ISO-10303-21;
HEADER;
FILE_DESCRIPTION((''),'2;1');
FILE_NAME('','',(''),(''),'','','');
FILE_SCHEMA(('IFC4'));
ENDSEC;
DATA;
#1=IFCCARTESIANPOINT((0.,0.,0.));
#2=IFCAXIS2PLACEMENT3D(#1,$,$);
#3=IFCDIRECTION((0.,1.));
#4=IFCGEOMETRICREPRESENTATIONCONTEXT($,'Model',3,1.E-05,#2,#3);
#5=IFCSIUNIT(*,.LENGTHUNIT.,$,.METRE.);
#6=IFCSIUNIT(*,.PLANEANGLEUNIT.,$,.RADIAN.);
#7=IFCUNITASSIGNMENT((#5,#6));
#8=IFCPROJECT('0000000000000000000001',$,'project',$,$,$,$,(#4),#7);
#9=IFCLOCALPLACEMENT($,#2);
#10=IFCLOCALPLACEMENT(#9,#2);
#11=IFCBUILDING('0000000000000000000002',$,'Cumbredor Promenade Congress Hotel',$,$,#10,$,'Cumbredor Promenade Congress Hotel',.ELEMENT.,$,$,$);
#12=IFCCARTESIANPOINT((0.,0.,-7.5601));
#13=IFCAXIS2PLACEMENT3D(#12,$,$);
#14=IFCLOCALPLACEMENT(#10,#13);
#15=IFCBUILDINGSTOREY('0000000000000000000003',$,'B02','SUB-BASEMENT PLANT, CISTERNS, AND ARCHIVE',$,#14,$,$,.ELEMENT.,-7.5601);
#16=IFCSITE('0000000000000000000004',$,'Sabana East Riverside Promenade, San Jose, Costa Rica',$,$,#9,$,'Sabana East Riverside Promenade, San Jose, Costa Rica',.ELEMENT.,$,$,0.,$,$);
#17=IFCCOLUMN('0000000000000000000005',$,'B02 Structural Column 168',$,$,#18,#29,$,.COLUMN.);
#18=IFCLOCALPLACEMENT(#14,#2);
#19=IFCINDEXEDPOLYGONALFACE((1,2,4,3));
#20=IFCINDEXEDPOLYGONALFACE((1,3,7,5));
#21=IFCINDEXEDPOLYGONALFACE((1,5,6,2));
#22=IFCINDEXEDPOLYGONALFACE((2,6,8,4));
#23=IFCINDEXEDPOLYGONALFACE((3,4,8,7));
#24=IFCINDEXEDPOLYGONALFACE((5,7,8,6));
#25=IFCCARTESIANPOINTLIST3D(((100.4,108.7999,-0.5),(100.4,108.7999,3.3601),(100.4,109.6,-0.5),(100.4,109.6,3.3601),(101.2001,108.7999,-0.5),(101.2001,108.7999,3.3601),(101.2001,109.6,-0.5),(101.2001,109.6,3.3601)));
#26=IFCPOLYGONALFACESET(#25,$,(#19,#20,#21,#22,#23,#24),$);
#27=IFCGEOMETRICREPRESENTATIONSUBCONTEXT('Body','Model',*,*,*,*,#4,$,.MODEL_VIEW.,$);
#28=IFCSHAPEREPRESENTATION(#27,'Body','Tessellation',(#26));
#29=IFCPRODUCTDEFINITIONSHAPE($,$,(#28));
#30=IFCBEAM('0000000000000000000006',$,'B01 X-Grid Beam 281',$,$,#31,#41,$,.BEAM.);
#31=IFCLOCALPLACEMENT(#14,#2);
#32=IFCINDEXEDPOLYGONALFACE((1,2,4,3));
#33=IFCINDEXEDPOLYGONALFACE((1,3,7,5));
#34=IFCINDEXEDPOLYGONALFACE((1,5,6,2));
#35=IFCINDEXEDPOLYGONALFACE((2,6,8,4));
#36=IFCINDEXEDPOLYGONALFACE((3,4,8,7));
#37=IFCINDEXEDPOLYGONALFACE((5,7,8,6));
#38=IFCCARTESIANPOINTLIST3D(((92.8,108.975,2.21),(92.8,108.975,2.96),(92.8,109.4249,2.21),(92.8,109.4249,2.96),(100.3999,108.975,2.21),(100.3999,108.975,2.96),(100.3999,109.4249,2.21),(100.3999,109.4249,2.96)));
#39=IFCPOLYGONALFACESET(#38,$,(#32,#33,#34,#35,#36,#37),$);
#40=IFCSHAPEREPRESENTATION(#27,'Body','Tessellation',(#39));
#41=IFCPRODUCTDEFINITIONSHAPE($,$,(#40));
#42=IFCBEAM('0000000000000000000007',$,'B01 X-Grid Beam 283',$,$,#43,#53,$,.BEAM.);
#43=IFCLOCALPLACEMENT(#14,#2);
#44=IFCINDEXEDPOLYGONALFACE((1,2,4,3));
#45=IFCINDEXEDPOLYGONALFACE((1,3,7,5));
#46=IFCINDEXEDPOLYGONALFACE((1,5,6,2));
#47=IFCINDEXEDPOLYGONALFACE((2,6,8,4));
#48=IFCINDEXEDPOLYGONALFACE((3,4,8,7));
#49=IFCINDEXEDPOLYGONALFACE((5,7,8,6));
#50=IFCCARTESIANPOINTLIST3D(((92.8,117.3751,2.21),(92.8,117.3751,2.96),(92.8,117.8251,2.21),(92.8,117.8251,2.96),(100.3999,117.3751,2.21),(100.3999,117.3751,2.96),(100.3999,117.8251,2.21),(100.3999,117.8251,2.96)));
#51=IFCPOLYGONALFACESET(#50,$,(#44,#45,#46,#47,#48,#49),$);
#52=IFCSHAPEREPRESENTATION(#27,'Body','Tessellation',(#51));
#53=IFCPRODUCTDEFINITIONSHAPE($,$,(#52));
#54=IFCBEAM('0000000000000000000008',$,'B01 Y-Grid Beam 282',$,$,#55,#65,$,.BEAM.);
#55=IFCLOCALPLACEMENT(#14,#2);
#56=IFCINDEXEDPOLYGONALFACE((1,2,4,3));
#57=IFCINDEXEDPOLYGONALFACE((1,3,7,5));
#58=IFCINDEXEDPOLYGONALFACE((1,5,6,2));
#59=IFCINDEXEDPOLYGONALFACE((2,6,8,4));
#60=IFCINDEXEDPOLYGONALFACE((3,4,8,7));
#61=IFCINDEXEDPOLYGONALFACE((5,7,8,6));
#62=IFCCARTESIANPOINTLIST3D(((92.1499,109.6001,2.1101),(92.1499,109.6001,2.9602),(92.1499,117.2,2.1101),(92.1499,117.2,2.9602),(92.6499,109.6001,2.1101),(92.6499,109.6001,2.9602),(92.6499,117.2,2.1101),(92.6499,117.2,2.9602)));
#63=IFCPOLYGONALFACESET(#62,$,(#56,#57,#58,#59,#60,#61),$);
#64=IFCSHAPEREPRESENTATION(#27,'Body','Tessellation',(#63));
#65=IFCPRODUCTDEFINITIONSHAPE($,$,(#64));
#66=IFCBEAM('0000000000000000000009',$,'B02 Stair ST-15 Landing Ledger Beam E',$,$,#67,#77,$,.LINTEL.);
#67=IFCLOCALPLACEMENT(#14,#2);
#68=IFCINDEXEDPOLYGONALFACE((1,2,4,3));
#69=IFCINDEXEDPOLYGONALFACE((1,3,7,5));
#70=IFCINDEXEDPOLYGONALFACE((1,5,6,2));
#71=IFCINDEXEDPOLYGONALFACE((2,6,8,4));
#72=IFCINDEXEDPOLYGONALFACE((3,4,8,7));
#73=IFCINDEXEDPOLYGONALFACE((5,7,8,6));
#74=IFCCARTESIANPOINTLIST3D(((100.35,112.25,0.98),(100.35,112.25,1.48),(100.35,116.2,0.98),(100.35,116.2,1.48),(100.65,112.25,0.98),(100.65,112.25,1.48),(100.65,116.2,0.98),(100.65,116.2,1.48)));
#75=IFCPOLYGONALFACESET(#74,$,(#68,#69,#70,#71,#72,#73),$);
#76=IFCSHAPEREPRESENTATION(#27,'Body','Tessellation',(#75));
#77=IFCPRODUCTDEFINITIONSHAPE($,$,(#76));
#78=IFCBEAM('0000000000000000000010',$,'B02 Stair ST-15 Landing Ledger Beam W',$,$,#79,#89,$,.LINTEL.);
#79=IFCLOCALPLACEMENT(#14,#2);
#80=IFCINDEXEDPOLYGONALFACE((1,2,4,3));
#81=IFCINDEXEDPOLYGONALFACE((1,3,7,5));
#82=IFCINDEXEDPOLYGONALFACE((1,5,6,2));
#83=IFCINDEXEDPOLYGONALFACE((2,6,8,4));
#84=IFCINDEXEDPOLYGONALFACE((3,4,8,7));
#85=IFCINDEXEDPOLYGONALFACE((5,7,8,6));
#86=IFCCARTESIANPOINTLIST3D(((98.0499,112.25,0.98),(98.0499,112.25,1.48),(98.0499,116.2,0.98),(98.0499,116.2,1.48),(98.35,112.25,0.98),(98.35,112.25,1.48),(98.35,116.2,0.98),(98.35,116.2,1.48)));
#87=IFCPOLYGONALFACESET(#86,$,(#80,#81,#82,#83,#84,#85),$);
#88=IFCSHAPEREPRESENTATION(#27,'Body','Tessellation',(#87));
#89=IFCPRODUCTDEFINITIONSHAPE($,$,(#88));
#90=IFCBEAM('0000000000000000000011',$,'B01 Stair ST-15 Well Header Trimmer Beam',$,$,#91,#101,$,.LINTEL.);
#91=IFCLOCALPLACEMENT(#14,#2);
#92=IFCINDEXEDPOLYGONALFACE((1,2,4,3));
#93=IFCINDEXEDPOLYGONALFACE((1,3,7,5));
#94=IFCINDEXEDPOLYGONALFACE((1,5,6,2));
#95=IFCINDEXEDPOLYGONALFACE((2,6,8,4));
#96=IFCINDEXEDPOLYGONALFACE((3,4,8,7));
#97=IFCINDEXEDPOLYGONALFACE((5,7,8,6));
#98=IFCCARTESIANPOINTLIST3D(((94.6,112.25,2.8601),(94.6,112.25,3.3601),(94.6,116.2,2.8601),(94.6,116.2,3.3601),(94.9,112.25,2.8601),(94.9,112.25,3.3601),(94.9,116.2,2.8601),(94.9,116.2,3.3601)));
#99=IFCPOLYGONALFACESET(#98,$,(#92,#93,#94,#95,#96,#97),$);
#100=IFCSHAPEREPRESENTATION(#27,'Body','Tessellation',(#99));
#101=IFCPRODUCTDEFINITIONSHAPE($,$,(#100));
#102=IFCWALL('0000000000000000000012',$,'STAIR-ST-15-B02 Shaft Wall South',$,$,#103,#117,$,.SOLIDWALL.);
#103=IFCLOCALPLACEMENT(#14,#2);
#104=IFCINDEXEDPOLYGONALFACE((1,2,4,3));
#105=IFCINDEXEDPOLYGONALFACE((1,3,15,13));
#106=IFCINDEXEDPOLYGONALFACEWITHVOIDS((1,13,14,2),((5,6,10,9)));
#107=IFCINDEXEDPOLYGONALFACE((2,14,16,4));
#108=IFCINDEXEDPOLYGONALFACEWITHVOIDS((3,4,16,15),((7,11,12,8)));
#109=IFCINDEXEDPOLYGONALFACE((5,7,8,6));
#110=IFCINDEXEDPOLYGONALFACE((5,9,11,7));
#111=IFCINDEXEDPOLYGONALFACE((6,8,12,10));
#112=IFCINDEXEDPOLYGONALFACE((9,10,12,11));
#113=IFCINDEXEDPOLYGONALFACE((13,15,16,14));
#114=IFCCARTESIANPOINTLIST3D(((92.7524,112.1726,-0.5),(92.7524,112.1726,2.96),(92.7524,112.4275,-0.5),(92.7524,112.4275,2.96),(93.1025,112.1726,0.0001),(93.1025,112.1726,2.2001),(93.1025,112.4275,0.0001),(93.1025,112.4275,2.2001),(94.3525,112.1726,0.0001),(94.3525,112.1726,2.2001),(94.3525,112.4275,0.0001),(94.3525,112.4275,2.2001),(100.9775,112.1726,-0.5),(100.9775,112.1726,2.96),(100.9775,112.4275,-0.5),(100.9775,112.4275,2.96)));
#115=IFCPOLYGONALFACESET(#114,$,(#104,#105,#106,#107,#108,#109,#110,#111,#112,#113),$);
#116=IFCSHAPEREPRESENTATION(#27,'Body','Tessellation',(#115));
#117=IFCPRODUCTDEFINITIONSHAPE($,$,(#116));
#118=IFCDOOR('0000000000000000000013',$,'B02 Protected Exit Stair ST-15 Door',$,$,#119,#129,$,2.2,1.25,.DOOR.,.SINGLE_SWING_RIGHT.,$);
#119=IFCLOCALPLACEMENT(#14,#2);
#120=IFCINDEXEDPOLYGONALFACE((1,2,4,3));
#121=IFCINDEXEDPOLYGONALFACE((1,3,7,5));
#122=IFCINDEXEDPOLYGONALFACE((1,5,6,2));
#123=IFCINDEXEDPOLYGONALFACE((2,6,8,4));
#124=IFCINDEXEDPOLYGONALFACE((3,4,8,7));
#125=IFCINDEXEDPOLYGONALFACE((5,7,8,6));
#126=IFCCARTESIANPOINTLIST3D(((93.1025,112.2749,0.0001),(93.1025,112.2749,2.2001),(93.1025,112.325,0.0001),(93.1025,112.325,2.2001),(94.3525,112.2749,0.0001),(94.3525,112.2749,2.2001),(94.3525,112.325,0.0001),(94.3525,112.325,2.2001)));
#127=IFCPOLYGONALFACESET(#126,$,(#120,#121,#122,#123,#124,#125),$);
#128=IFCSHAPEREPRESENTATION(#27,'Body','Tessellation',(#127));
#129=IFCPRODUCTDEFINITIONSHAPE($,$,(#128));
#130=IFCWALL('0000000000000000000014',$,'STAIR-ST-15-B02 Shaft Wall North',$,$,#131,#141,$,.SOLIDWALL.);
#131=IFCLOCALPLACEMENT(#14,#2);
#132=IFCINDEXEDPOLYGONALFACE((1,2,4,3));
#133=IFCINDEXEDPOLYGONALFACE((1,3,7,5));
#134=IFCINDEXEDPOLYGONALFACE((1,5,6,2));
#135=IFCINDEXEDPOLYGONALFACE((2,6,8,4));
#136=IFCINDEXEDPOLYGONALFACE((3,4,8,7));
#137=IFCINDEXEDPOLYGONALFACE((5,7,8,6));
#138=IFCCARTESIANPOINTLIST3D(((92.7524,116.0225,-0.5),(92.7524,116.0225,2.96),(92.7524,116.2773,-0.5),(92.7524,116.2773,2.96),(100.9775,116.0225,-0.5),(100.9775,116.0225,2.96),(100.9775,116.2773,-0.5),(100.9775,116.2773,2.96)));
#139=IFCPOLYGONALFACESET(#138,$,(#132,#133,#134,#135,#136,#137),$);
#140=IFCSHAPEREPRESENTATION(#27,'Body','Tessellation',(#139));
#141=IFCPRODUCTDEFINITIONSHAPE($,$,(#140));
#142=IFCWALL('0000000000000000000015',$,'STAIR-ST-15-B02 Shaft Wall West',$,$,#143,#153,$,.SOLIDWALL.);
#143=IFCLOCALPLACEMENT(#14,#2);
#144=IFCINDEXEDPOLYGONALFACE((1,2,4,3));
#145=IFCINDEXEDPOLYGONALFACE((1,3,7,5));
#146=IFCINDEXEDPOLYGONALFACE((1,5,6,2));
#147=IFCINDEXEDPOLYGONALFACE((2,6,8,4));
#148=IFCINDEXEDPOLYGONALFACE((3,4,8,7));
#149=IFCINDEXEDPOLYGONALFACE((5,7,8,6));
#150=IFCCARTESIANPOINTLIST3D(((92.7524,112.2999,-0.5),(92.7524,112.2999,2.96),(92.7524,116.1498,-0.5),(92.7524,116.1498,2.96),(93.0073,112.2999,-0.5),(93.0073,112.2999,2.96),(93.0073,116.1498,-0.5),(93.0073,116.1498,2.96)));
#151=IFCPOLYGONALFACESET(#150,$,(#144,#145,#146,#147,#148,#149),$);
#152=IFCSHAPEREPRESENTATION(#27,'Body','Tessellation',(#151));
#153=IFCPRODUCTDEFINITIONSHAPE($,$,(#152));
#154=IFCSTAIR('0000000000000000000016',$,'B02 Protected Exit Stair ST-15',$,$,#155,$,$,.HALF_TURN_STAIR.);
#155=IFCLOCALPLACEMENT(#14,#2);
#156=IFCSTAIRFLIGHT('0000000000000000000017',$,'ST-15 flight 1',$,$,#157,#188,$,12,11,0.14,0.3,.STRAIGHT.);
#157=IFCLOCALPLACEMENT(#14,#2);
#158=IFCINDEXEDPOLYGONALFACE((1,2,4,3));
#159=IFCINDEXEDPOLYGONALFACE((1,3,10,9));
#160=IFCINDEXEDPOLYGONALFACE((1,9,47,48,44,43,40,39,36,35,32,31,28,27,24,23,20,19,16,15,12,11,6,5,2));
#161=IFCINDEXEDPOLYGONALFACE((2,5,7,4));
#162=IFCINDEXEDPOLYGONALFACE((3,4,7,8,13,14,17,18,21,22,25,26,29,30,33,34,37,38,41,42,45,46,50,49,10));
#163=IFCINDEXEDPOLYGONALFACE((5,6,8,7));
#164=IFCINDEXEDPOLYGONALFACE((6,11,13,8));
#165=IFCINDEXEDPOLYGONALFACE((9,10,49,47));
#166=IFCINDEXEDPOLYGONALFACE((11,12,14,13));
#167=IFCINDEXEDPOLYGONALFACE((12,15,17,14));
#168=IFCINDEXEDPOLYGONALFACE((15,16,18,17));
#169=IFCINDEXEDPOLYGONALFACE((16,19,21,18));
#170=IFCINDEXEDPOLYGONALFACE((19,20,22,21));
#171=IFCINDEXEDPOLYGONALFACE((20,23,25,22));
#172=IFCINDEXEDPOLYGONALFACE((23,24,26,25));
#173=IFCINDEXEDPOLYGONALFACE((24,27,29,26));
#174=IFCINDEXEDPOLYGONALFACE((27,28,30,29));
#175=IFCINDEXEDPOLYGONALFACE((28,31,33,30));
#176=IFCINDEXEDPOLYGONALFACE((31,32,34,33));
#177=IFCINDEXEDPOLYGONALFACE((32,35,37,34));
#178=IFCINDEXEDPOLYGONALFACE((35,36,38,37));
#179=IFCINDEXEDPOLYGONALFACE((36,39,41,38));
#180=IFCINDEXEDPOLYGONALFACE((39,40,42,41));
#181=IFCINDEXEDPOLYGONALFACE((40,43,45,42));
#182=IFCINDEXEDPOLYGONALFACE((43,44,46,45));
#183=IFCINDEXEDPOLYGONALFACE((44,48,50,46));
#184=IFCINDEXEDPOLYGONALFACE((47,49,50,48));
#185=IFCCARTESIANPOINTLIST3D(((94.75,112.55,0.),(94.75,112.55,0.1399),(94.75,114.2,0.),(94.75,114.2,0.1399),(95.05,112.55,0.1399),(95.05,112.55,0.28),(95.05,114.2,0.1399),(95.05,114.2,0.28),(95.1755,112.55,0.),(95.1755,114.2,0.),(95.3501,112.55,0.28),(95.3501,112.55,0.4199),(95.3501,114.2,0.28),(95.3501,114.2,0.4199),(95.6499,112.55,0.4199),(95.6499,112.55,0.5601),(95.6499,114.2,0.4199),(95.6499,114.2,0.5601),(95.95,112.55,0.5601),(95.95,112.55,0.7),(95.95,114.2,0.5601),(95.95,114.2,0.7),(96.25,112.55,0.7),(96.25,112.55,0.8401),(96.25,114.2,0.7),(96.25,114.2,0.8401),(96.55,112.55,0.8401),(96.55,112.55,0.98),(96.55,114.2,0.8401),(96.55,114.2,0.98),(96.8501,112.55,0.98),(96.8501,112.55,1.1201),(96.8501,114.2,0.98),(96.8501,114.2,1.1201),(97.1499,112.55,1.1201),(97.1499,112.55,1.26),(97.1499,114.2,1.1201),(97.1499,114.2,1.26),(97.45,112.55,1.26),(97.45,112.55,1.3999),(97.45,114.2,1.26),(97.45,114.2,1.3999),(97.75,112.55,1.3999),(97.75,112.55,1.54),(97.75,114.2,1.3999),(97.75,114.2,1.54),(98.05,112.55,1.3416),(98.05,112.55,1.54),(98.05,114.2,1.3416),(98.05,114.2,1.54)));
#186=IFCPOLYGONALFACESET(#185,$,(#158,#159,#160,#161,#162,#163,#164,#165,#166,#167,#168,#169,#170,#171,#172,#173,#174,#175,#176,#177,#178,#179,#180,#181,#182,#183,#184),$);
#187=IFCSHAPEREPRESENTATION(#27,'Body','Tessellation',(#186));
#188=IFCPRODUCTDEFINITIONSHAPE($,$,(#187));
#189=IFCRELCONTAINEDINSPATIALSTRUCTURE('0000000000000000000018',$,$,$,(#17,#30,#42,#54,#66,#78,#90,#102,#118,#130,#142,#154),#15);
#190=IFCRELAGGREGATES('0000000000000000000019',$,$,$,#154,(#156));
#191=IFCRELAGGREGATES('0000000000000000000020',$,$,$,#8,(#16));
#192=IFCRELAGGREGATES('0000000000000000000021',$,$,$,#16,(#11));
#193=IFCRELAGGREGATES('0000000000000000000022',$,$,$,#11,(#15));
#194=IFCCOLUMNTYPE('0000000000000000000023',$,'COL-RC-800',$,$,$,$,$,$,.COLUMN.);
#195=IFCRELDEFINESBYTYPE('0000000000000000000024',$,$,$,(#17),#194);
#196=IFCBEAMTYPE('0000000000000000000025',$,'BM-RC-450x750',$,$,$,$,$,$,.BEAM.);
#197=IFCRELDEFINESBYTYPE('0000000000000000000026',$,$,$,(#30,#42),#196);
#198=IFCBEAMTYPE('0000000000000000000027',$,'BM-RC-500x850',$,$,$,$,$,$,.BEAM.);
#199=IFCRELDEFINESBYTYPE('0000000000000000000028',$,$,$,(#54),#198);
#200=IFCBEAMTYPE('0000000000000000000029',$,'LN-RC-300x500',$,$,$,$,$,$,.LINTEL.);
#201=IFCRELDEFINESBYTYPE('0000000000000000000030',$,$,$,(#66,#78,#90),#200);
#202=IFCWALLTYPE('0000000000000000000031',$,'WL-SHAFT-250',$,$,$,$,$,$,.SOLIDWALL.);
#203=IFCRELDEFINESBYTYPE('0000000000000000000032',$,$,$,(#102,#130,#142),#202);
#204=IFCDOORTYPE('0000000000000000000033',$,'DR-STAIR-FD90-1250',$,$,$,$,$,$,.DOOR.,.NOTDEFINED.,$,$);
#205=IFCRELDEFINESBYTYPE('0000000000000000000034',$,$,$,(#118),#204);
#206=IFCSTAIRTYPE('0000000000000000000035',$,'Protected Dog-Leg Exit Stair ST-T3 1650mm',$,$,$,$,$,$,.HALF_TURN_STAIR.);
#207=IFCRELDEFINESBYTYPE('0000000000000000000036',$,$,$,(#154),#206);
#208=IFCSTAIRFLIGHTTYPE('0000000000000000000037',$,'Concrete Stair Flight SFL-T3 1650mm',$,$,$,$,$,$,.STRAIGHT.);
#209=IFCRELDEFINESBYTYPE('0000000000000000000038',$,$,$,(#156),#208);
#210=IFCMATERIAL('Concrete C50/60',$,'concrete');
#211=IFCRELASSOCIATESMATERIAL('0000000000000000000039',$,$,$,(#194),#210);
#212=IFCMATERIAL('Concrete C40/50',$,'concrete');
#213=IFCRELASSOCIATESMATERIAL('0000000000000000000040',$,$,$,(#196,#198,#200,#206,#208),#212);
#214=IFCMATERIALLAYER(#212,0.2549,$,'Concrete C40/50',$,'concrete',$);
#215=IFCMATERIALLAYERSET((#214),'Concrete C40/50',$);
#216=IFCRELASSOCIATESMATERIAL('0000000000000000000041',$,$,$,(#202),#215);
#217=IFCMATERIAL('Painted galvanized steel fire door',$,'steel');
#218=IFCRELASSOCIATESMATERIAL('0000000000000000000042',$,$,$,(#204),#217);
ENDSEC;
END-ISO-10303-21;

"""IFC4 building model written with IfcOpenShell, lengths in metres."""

from ifc_helpers import new_model, si_unit, direction, frame, frame_2d, origin, origin_2d, place, context, subcontext, project, spatial, polyline, rectangle, outline, extrude, material, layer, layer_set, material_profile, profile_set, type_object, element, fill, aggregate, save


model = new_model("IFC4")

# Units and contexts
model_context = context("Model", 3, precision=1e-05, world=origin(), true_north=direction((0.0, 1.0)))
body_context = subcontext(model_context, "Body", "Model", "MODEL_VIEW")
ifc_project = project(units=[si_unit("LENGTHUNIT", "METRE"), si_unit("PLANEANGLEUNIT", "RADIAN")], contexts=[model_context])

# Site, building, storey
site_placement = place(None, origin())
site = spatial("IfcSite", under=ifc_project, at=site_placement, Name="Sabana East Riverside Promenade, San Jose, Costa Rica", LongName="Sabana East Riverside Promenade, San Jose, Costa Rica", CompositionType="ELEMENT", RefElevation=0.0)
building_placement = place(site_placement, origin())
building = spatial("IfcBuilding", under=site, at=building_placement, Name="Cumbredor Promenade Congress Hotel", LongName="Cumbredor Promenade Congress Hotel", CompositionType="ELEMENT")
storey_placement = place(building_placement, frame((0.0, 0.0, -7.5601)))
storey = spatial("IfcBuildingStorey", under=building, at=storey_placement, Name="B02", Description="SUB-BASEMENT PLANT, CISTERNS, AND ARCHIVE", CompositionType="ELEMENT", Elevation=-7.5601)

# Shared definitions
ifc_material_1 = material(Name="Concrete C40/50", Category="concrete")

# Column
ifc_material_2 = material(Name="Concrete C50/60", Category="concrete")
ifc_material_profile_1 = material_profile(ifc_material_2, rectangle(XDim=0.8, YDim=0.8, at=origin_2d()), Name="RC 800x800")
ifc_profile_set_1 = profile_set([ifc_material_profile_1], Name="Concrete C50/60")
column_type = type_object("IfcColumnType", Name="COL-RC-800", PredefinedType="COLUMN", material=ifc_profile_set_1)
column_placement = place(storey_placement, frame((100.8, 109.2, -0.5), z_axis=(0.0, 0.0, 1.0), x_axis=(1.0, 0.0, 0.0)))
element("IfcColumn", 1, at=column_placement, inside=storey, type_object=column_type, Name="B02 Structural Column 168", PredefinedType="COLUMN", context=body_context, shape_type="SweptSolid", body=[
    extrude(rectangle(XDim=0.8, YDim=0.8, at=origin_2d()), origin(), (0.0, 0.0, 1.0), 3.8601),
])

# Beams
ifc_material_profile_2 = material_profile(ifc_material_1, rectangle(XDim=0.45, YDim=0.75, at=origin_2d()), Name="RC BEAM 450x750")
ifc_profile_set_2 = profile_set([ifc_material_profile_2], Name="Concrete C40/50")
beam_type_1 = type_object("IfcBeamType", Name="BM-RC-450x750", PredefinedType="BEAM", material=ifc_profile_set_2)
for number, where, z_axis, x_axis, name in (
    (2, (92.8, 109.2, 2.585), (1.0, 0.0, 0.0), (0.0, 1.0, 0.0), "B01 X-Grid Beam 281"),
    (3, (92.8, 117.6001, 2.585), (1.0, 0.0, 0.0), (0.0, 1.0, 0.0), "B01 X-Grid Beam 283"),
):
    element("IfcBeam", number, at=place(storey_placement, frame(where, z_axis=z_axis, x_axis=x_axis)), inside=storey, type_object=beam_type_1, Name=name, PredefinedType="BEAM", context=body_context, shape_type="SweptSolid", body=[
        extrude(rectangle(XDim=0.45, YDim=0.75, at=origin_2d()), origin(), (0.0, 0.0, 1.0), 7.5999),
    ])
ifc_material_profile_3 = material_profile(ifc_material_1, rectangle(XDim=0.5, YDim=0.8501, at=origin_2d()), Name="RC BEAM 500x850")
ifc_profile_set_3 = profile_set([ifc_material_profile_3], Name="Concrete C40/50")
beam_type_2 = type_object("IfcBeamType", Name="BM-RC-500x850", PredefinedType="BEAM", material=ifc_profile_set_3)
beam_placement = place(storey_placement, frame((92.3999, 109.6001, 2.5352), z_axis=(0.0, 1.0, 0.0), x_axis=(-1.0, 0.0, 0.0)))
element("IfcBeam", 4, at=beam_placement, inside=storey, type_object=beam_type_2, Name="B01 Y-Grid Beam 282", PredefinedType="BEAM", context=body_context, shape_type="SweptSolid", body=[
    extrude(rectangle(XDim=0.5, YDim=0.8501, at=origin_2d()), origin(), (0.0, 0.0, 1.0), 7.5999),
])
ifc_material_profile_4 = material_profile(ifc_material_1, rectangle(XDim=0.3, YDim=0.5, at=origin_2d()), Name="RC LINTEL 300x500")
ifc_profile_set_4 = profile_set([ifc_material_profile_4], Name="Concrete C40/50")
beam_type_3 = type_object("IfcBeamType", Name="LN-RC-300x500", PredefinedType="LINTEL", material=ifc_profile_set_4)
for number, where, z_axis, x_axis, name in (
    (5, (100.5, 112.25, 1.23), (0.0, 1.0, 0.0), (-1.0, 0.0, 0.0), "B02 Stair ST-15 Landing Ledger Beam E"),
    (6, (98.2, 112.25, 1.23), (0.0, 1.0, 0.0), (-1.0, 0.0, 0.0), "B02 Stair ST-15 Landing Ledger Beam W"),
    (7, (94.75, 112.25, 3.1101), (0.0, 1.0, 0.0), (-1.0, 0.0, 0.0), "B01 Stair ST-15 Well Header Trimmer Beam"),
):
    element("IfcBeam", number, at=place(storey_placement, frame(where, z_axis=z_axis, x_axis=x_axis)), inside=storey, type_object=beam_type_3, Name=name, PredefinedType="LINTEL", context=body_context, shape_type="SweptSolid", body=[
        extrude(rectangle(XDim=0.3, YDim=0.5, at=origin_2d()), origin(), (0.0, 0.0, 1.0), 3.95),
    ])

# Wall, opening, door
ifc_layer = layer(ifc_material_1, 0.2549, Name="Concrete C40/50", Category="concrete")
ifc_layer_set = layer_set([ifc_layer], Name="Concrete C40/50")
wall_type = type_object("IfcWallType", Name="WL-SHAFT-250", PredefinedType="SOLIDWALL", material=ifc_layer_set)
wall_1_placement = place(storey_placement, frame((92.7524, 112.3, -0.5), z_axis=(0.0, 0.0, 1.0), x_axis=(1.0, 0.0, 0.0)))
wall_1 = element("IfcWall", 8, at=wall_1_placement, inside=storey, type_object=wall_type, Name="STAIR-ST-15-B02 Shaft Wall South", PredefinedType="SOLIDWALL", context=body_context, shape_type="SweptSolid", body=[
    extrude(rectangle(XDim=8.2251, YDim=0.2549, at=frame_2d((4.1125, 0.0))), origin(), (0.0, 0.0, 1.0), 3.46),
])
opening_placement = place(wall_1_placement, frame((0.3501, 0.0, 0.5)))
opening = element("IfcOpeningElement", 9, at=opening_placement, cuts=wall_1, PredefinedType="OPENING", context=body_context, shape_type="SweptSolid", body=[
    extrude(rectangle(XDim=1.25, YDim=2.2, at=frame_2d((0.625, 1.1001))), frame((0.0, 0.1375, 0.0), z_axis=(0.0, -1.0, 0.0), x_axis=(1.0, 0.0, 0.0)), (0.0, 0.0, 1.0), 0.2749),
])
ifc_material_3 = material(Name="Painted galvanized steel fire door", Category="steel")
door_type = type_object("IfcDoorType", Name="DR-STAIR-FD90-1250", OperationType="NOTDEFINED", PredefinedType="DOOR", material=ifc_material_3)
door_placement = place(opening_placement, origin())
door = element("IfcDoor", 10, at=door_placement, inside=storey, type_object=door_type, Name="B02 Protected Exit Stair ST-15 Door", OperationType="SINGLE_SWING_RIGHT", OverallHeight=2.2, OverallWidth=1.25, PredefinedType="DOOR", context=body_context, shape_type="SweptSolid", body=[
    extrude(rectangle(XDim=1.25, YDim=2.2, at=frame_2d((0.625, 1.1001))), frame((0.0, 0.0249, 0.0), z_axis=(0.0, -1.0, 0.0), x_axis=(1.0, 0.0, 0.0)), (0.0, 0.0, 1.0), 0.05),
])
fill(opening, door)

# Walls
wall_2_placement = place(storey_placement, frame((92.7524, 116.1499, -0.5), z_axis=(0.0, 0.0, 1.0), x_axis=(1.0, 0.0, 0.0)))
element("IfcWall", 11, at=wall_2_placement, inside=storey, type_object=wall_type, Name="STAIR-ST-15-B02 Shaft Wall North", PredefinedType="SOLIDWALL", context=body_context, shape_type="SweptSolid", body=[
    extrude(rectangle(XDim=8.2251, YDim=0.2549, at=frame_2d((4.1125, 0.0))), origin(), (0.0, 0.0, 1.0), 3.46),
])
wall_3_placement = place(storey_placement, frame((92.8799, 112.3, -0.5), z_axis=(0.0, 0.0, 1.0), x_axis=(0.0, 1.0, 0.0)))
element("IfcWall", 12, at=wall_3_placement, inside=storey, type_object=wall_type, Name="STAIR-ST-15-B02 Shaft Wall West", PredefinedType="SOLIDWALL", context=body_context, shape_type="SweptSolid", body=[
    extrude(rectangle(XDim=3.8499, YDim=0.2549, at=frame_2d((1.9248, 0.0))), origin(), (0.0, 0.0, 1.0), 3.46),
])

# Stair, stair flight
stair_type = type_object("IfcStairType", Name="Protected Dog-Leg Exit Stair ST-T3 1650mm", PredefinedType="HALF_TURN_STAIR", material=ifc_material_1)
stair_placement = place(storey_placement, origin())
stair = element("IfcStair", 13, at=stair_placement, inside=storey, type_object=stair_type, Name="B02 Protected Exit Stair ST-15", PredefinedType="HALF_TURN_STAIR")
stair_flight_type = type_object("IfcStairFlightType", Name="Concrete Stair Flight SFL-T3 1650mm", PredefinedType="STRAIGHT", material=ifc_material_1)
stair_flight_1_placement = place(storey_placement, frame((94.75, 113.375, 0.0), z_axis=(0.0, 0.0, 1.0), x_axis=(1.0, 0.0, 0.0)))
stair_flight_1 = element("IfcStairFlight", 14, at=stair_flight_1_placement, type_object=stair_flight_type, Name="ST-15 flight 1", NumberOfRisers=12, NumberOfTreads=11, PredefinedType="STRAIGHT", RiserHeight=0.14, TreadLength=0.3, context=body_context, shape_type="SweptSolid", body=[
    extrude(outline(polyline([(0.0, 0.0), (0.0, 0.1399), (0.3, 0.1399), (0.3, 0.28), (0.6001, 0.28), (0.6001, 0.4199), (0.8999, 0.4199), (0.8999, 0.5601), (1.2, 0.5601), (1.2, 0.7), (1.5, 0.7), (1.5, 0.8401), (1.8, 0.8401), (1.8, 0.98), (2.1001, 0.98), (2.1001, 1.1201), (2.3999, 1.1201), (2.3999, 1.26), (2.7, 1.26), (2.7, 1.3999), (3.0, 1.3999), (3.0, 1.54), (3.3, 1.54), (3.3, 1.6799), (3.3, 1.3416), (0.4255, 0.0), (0.0, 0.0)])), frame((0.0, 0.825, 0.0), z_axis=(0.0, -1.0, 0.0), x_axis=(1.0, 0.0, 0.0)), (0.0, 0.0, 1.0), 1.6499),
])
aggregate(stair, [stair_flight_1])

save(model, "model.ifc")
